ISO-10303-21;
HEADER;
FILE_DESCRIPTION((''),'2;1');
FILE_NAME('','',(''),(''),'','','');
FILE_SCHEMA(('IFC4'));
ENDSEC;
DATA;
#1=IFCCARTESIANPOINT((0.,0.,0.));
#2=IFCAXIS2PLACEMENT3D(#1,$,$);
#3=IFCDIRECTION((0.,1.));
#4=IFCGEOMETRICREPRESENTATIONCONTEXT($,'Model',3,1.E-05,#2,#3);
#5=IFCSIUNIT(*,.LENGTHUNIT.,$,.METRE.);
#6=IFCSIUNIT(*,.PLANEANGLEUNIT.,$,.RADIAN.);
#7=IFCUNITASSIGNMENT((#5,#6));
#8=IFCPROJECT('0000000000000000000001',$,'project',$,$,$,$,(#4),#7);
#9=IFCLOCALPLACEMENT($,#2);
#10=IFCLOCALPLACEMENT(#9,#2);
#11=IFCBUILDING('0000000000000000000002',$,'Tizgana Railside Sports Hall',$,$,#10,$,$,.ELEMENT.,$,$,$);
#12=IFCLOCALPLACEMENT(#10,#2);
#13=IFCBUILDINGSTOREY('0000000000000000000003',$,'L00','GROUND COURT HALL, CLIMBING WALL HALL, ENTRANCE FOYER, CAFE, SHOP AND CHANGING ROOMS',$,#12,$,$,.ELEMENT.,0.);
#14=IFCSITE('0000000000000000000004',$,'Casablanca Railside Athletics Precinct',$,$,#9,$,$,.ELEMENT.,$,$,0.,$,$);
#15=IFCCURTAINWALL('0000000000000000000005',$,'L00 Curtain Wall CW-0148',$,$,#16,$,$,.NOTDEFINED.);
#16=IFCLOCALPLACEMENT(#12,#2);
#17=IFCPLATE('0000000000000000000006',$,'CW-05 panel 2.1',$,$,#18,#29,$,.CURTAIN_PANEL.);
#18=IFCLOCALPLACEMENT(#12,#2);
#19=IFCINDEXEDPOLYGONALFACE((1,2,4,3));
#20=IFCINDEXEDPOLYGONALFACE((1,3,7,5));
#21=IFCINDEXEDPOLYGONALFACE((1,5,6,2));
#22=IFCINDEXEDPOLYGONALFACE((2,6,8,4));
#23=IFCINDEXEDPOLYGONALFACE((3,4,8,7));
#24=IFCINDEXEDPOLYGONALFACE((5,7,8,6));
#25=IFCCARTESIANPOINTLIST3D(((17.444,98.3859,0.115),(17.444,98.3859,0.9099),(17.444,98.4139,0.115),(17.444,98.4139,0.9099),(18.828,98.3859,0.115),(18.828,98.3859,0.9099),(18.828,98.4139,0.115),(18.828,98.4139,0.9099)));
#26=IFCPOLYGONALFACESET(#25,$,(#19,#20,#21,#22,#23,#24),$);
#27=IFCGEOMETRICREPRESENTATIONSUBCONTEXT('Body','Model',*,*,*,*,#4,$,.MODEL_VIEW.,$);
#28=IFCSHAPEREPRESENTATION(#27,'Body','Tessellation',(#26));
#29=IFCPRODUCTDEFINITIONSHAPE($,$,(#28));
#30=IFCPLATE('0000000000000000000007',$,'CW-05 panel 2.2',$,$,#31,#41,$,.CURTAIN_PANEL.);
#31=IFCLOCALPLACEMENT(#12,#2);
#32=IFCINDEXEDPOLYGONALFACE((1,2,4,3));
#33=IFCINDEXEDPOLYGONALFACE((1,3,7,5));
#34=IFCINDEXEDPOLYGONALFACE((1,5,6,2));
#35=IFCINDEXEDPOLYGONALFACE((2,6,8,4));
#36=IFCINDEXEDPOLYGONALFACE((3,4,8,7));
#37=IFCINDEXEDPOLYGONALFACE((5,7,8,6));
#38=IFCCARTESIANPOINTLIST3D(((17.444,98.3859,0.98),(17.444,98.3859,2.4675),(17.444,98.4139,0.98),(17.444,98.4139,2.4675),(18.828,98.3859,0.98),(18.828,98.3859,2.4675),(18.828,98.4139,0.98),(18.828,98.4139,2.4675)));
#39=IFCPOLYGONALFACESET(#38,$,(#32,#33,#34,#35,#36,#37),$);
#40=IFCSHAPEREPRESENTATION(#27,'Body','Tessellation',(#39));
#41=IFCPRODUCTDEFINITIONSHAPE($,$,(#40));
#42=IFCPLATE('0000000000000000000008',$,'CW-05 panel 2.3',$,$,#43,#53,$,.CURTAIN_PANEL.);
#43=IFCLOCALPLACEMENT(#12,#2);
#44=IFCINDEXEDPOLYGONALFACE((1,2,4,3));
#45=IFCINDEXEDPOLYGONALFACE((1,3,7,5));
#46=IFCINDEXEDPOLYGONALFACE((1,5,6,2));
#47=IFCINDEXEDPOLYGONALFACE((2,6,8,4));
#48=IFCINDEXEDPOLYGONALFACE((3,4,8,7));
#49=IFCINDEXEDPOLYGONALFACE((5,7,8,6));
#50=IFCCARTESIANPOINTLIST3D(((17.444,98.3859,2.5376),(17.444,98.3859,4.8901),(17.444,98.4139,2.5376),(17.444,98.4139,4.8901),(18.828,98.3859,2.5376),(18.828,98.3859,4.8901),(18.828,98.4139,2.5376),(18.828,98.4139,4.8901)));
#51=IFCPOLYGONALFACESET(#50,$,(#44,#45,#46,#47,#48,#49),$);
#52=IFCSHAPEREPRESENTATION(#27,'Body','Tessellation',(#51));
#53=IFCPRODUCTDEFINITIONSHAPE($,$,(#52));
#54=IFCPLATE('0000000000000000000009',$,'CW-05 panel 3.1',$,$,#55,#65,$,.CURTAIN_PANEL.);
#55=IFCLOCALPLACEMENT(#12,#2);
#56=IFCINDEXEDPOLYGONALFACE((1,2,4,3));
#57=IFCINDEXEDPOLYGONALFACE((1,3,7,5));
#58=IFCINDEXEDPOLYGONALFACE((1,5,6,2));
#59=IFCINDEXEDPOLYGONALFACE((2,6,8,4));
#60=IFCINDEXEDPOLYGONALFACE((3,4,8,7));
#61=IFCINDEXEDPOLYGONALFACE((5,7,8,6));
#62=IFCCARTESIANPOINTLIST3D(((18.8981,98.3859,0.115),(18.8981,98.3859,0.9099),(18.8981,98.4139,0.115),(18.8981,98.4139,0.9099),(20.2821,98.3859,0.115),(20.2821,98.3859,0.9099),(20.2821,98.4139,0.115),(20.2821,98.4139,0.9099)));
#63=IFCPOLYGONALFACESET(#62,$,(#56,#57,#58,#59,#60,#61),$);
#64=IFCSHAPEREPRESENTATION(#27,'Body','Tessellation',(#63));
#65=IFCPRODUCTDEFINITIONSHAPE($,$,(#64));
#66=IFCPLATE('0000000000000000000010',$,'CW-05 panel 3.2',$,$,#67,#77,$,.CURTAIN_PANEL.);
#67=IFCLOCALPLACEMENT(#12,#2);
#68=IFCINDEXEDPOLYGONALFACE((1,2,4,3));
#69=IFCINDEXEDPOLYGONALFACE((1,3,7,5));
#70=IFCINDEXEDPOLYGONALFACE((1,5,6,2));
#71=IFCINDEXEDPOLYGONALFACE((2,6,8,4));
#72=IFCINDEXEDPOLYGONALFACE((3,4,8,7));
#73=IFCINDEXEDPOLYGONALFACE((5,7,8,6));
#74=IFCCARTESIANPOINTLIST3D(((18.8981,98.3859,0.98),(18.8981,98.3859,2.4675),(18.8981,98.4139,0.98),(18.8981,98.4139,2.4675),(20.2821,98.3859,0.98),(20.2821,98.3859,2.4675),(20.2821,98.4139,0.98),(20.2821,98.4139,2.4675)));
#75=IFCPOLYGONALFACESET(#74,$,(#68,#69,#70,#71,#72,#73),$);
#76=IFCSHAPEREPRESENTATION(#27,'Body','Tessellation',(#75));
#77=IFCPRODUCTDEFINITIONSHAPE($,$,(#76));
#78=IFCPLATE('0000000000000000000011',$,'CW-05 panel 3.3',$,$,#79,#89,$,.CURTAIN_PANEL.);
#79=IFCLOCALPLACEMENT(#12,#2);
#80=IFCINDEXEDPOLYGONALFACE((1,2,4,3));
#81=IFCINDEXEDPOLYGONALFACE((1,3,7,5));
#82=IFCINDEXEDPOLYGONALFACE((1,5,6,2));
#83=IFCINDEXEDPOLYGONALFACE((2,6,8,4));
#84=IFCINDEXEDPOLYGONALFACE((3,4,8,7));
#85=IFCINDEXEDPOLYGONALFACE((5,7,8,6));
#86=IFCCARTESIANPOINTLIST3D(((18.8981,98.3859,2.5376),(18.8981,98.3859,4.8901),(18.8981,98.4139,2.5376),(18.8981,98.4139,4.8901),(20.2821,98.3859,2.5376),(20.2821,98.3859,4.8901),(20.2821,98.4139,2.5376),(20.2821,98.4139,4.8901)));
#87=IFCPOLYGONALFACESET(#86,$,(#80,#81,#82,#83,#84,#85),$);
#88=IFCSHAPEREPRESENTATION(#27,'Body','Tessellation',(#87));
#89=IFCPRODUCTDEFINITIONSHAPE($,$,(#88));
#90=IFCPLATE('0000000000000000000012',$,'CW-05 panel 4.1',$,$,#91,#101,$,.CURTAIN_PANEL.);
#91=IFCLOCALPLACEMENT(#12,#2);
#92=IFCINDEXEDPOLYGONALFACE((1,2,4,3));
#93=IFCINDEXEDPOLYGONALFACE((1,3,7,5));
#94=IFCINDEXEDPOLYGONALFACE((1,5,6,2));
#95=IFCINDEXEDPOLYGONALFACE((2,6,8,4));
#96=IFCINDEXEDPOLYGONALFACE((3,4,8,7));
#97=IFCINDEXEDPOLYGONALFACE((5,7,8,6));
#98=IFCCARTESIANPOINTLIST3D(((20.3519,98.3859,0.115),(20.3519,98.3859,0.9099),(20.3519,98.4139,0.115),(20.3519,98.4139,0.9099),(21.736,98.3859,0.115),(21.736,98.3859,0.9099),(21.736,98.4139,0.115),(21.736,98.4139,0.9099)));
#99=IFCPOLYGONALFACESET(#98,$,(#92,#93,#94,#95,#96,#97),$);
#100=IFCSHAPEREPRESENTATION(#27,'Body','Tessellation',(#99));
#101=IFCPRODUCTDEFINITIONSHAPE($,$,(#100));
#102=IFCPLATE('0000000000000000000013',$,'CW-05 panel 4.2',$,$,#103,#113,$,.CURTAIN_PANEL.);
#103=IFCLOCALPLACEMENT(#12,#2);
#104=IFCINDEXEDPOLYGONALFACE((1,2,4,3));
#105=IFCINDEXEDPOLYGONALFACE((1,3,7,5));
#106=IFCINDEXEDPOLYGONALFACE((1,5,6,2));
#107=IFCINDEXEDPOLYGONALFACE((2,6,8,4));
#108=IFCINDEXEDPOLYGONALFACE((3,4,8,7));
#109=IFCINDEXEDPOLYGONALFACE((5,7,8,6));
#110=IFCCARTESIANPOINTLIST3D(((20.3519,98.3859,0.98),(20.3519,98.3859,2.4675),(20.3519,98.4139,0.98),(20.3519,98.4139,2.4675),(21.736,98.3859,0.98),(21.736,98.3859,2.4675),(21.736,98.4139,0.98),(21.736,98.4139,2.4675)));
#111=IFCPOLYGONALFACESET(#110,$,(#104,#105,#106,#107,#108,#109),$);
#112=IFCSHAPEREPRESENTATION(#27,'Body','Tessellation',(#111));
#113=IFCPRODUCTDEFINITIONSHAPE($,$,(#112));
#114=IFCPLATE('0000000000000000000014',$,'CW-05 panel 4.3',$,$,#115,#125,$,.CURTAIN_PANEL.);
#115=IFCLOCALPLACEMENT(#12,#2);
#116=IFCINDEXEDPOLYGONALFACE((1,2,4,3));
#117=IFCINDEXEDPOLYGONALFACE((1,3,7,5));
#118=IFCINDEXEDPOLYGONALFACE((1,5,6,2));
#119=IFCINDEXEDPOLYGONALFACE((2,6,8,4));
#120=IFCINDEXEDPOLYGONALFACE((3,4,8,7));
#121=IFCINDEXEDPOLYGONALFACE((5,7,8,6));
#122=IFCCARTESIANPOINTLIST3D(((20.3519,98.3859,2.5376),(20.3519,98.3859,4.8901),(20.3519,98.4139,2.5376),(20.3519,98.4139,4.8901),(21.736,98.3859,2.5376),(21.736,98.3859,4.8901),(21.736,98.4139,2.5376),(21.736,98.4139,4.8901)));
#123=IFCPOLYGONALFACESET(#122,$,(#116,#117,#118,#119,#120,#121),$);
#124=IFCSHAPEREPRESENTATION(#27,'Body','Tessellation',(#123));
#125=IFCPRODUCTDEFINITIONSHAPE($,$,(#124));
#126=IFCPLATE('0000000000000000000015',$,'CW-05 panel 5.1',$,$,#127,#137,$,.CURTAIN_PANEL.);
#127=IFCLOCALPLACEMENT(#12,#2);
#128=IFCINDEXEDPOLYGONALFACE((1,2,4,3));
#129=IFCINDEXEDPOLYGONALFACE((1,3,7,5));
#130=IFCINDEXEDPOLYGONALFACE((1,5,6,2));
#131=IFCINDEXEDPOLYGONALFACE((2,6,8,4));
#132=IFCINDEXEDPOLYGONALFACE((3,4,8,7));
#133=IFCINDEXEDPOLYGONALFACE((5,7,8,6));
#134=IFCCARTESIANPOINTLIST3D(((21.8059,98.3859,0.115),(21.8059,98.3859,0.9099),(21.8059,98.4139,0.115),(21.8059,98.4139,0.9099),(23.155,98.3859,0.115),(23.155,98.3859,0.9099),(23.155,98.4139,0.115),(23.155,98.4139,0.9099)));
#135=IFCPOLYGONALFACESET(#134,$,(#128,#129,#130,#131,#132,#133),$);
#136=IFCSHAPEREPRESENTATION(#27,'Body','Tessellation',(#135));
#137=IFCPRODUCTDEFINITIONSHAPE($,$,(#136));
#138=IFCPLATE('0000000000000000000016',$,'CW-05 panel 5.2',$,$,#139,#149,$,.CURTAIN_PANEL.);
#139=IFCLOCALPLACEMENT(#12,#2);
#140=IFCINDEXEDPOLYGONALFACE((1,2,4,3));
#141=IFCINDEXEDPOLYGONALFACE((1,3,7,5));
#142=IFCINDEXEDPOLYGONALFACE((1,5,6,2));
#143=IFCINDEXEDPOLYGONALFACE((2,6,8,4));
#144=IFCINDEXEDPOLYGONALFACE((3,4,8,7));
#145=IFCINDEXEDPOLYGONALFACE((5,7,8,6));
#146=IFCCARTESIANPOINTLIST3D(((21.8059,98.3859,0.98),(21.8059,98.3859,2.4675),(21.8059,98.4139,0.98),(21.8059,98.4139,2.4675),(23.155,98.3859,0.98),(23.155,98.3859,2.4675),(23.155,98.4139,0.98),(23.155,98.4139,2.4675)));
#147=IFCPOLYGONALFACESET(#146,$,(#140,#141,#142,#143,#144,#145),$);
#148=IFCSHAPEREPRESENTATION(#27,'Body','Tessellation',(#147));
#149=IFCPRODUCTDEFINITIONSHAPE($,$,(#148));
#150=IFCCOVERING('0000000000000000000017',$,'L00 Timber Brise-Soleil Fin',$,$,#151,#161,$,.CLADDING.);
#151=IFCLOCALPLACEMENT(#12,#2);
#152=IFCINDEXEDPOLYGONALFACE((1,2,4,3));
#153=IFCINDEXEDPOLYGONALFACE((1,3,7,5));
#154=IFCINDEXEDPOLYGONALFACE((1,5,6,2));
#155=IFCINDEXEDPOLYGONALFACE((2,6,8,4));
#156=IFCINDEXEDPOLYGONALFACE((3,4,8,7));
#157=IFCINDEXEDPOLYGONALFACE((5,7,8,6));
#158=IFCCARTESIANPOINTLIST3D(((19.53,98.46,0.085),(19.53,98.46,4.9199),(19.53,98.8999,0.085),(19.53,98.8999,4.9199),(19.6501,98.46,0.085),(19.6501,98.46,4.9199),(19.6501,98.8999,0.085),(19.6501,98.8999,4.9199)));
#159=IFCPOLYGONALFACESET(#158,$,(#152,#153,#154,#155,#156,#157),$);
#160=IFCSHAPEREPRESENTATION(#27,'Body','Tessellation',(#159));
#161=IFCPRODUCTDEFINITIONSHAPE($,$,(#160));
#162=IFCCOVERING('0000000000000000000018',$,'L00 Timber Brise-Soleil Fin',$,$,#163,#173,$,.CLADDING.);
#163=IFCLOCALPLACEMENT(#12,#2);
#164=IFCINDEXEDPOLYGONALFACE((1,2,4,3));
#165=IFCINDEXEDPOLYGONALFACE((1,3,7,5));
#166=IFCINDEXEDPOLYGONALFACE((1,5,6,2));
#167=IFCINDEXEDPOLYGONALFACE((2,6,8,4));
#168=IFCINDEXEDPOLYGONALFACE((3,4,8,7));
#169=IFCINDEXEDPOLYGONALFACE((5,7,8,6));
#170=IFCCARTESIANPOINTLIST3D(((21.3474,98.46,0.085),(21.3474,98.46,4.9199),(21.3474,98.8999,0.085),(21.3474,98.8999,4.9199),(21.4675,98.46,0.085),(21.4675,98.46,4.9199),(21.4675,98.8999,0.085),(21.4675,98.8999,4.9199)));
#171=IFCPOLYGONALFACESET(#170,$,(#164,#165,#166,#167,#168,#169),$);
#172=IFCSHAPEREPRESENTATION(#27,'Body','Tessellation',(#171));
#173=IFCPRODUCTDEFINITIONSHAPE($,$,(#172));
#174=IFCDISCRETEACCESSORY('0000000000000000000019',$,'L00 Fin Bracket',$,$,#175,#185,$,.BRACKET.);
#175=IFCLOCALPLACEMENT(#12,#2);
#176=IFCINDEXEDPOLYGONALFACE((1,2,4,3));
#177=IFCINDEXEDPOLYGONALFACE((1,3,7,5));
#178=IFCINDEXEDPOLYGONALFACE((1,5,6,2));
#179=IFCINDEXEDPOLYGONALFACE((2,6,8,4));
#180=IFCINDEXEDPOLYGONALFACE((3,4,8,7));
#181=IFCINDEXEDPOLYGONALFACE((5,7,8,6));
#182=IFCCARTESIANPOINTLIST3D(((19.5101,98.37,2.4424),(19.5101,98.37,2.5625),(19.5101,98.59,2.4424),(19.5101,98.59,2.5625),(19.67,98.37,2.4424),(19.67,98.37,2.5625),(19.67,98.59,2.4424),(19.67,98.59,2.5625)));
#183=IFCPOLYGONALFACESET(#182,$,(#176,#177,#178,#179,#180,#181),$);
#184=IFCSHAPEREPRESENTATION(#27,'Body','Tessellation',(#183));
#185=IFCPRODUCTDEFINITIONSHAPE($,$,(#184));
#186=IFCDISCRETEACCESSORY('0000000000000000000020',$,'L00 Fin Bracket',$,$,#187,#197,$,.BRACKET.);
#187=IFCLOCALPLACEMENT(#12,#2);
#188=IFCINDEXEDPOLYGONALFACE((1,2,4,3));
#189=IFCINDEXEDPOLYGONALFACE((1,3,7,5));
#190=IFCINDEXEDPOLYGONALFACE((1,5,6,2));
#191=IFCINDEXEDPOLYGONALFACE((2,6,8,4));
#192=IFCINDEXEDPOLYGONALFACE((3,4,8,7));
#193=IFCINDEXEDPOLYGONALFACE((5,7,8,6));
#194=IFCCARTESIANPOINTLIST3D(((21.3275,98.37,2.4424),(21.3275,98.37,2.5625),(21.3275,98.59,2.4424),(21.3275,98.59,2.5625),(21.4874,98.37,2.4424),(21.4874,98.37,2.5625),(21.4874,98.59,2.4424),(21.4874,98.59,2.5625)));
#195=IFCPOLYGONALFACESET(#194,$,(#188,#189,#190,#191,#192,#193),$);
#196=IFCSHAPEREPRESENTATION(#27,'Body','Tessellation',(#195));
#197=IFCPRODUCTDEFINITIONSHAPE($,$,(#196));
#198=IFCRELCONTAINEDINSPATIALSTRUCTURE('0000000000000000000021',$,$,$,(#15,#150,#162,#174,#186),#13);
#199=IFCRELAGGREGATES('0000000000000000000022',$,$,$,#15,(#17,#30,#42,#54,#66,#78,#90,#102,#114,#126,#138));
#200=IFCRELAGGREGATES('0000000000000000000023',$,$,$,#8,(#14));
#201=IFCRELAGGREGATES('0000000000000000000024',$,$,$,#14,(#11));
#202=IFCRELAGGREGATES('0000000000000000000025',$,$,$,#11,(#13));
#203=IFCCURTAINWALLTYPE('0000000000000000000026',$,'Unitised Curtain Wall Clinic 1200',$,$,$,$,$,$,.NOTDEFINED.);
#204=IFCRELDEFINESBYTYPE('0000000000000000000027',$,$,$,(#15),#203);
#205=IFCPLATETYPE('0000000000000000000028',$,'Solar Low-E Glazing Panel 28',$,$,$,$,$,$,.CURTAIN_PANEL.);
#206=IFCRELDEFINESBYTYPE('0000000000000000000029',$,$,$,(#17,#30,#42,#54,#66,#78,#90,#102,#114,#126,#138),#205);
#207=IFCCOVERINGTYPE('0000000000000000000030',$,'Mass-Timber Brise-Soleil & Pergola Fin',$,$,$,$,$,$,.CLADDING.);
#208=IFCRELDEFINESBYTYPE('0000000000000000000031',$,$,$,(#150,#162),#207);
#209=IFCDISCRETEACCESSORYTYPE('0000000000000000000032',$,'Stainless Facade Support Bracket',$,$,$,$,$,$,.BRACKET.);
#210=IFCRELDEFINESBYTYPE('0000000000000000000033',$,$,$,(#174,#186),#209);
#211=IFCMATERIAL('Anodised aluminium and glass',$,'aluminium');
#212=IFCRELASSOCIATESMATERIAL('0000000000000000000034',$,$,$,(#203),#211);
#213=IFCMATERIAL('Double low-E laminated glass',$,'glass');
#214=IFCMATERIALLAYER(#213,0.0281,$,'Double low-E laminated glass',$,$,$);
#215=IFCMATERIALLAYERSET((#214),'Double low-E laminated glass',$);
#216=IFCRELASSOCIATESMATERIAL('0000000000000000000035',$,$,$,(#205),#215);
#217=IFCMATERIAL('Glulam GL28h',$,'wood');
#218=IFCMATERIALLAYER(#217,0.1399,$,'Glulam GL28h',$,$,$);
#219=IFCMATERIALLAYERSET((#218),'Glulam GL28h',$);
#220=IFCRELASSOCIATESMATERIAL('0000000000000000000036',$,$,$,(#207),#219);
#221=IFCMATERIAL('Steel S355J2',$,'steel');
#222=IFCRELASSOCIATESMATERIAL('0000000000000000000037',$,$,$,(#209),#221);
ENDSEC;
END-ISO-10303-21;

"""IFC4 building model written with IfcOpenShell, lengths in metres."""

from ifc_helpers import new_model, si_unit, direction, frame, origin, origin_2d, place, context, subcontext, project, spatial, rectangle, extrude, material, layer, layer_set, type_object, element, aggregate, save


model = new_model("IFC4")

# Units and contexts
model_context = context("Model", 3, precision=1e-05, world=origin(), true_north=direction((0.0, 1.0)))
body_context = subcontext(model_context, "Body", "Model", "MODEL_VIEW")
ifc_project = project(units=[si_unit("LENGTHUNIT", "METRE"), si_unit("PLANEANGLEUNIT", "RADIAN")], contexts=[model_context])

# Site, building, storey
site_placement = place(None, origin())
site = spatial("IfcSite", under=ifc_project, at=site_placement, Name="Casablanca Railside Athletics Precinct", CompositionType="ELEMENT", RefElevation=0.0)
building_placement = place(site_placement, origin())
building = spatial("IfcBuilding", under=site, at=building_placement, Name="Tizgana Railside Sports Hall", CompositionType="ELEMENT")
storey_placement = place(building_placement, origin())
storey = spatial("IfcBuildingStorey", under=building, at=storey_placement, Name="L00", Description="GROUND COURT HALL, CLIMBING WALL HALL, ENTRANCE FOYER, CAFE, SHOP AND CHANGING ROOMS", CompositionType="ELEMENT", Elevation=0.0)

# Curtain wall, plates
ifc_material_1 = material(Name="Anodised aluminium and glass", Category="aluminium")
curtain_wall_type = type_object("IfcCurtainWallType", Name="Unitised Curtain Wall Clinic 1200", PredefinedType="NOTDEFINED", material=ifc_material_1)
curtain_wall_placement = place(storey_placement, origin())
curtain_wall = element("IfcCurtainWall", 1, at=curtain_wall_placement, inside=storey, type_object=curtain_wall_type, Name="L00 Curtain Wall CW-0148", PredefinedType="NOTDEFINED")
ifc_material_2 = material(Name="Double low-E laminated glass", Category="glass")
ifc_layer_1 = layer(ifc_material_2, 0.0281, Name="Double low-E laminated glass")
ifc_layer_set_1 = layer_set([ifc_layer_1], Name="Double low-E laminated glass")
plate_type = type_object("IfcPlateType", Name="Solar Low-E Glazing Panel 28", PredefinedType="CURTAIN_PANEL", material=ifc_layer_set_1)
plate_1_placement = place(storey_placement, frame((18.136, 98.3999, 0.115), z_axis=(0.0, 0.0, 1.0), x_axis=(1.0, 0.0, 0.0)))
plate_1 = element("IfcPlate", 2, at=plate_1_placement, type_object=plate_type, Name="CW-05 panel 2.1", PredefinedType="CURTAIN_PANEL", context=body_context, shape_type="SweptSolid", body=[
    extrude(rectangle(XDim=1.384, YDim=0.0281, at=origin_2d()), origin(), (0.0, 0.0, 1.0), 0.7949),
])
plate_2_placement = place(storey_placement, frame((18.136, 98.3999, 0.98), z_axis=(0.0, 0.0, 1.0), x_axis=(1.0, 0.0, 0.0)))
plate_2 = element("IfcPlate", 3, at=plate_2_placement, type_object=plate_type, Name="CW-05 panel 2.2", PredefinedType="CURTAIN_PANEL", context=body_context, shape_type="SweptSolid", body=[
    extrude(rectangle(XDim=1.384, YDim=0.0281, at=origin_2d()), origin(), (0.0, 0.0, 1.0), 1.4875),
])
plate_3_placement = place(storey_placement, frame((18.136, 98.3999, 2.5376), z_axis=(0.0, 0.0, 1.0), x_axis=(1.0, 0.0, 0.0)))
plate_3 = element("IfcPlate", 4, at=plate_3_placement, type_object=plate_type, Name="CW-05 panel 2.3", PredefinedType="CURTAIN_PANEL", context=body_context, shape_type="SweptSolid", body=[
    extrude(rectangle(XDim=1.384, YDim=0.0281, at=origin_2d()), origin(), (0.0, 0.0, 1.0), 2.3525),
])
plate_4_placement = place(storey_placement, frame((19.5901, 98.3999, 0.115), z_axis=(0.0, 0.0, 1.0), x_axis=(1.0, 0.0, 0.0)))
plate_4 = element("IfcPlate", 5, at=plate_4_placement, type_object=plate_type, Name="CW-05 panel 3.1", PredefinedType="CURTAIN_PANEL", context=body_context, shape_type="SweptSolid", body=[
    extrude(rectangle(XDim=1.384, YDim=0.0281, at=origin_2d()), origin(), (0.0, 0.0, 1.0), 0.7949),
])
plate_5_placement = place(storey_placement, frame((19.5901, 98.3999, 0.98), z_axis=(0.0, 0.0, 1.0), x_axis=(1.0, 0.0, 0.0)))
plate_5 = element("IfcPlate", 6, at=plate_5_placement, type_object=plate_type, Name="CW-05 panel 3.2", PredefinedType="CURTAIN_PANEL", context=body_context, shape_type="SweptSolid", body=[
    extrude(rectangle(XDim=1.384, YDim=0.0281, at=origin_2d()), origin(), (0.0, 0.0, 1.0), 1.4875),
])
plate_6_placement = place(storey_placement, frame((19.5901, 98.3999, 2.5376), z_axis=(0.0, 0.0, 1.0), x_axis=(1.0, 0.0, 0.0)))
plate_6 = element("IfcPlate", 7, at=plate_6_placement, type_object=plate_type, Name="CW-05 panel 3.3", PredefinedType="CURTAIN_PANEL", context=body_context, shape_type="SweptSolid", body=[
    extrude(rectangle(XDim=1.384, YDim=0.0281, at=origin_2d()), origin(), (0.0, 0.0, 1.0), 2.3525),
])
plate_7_placement = place(storey_placement, frame((21.0439, 98.3999, 0.115), z_axis=(0.0, 0.0, 1.0), x_axis=(1.0, 0.0, 0.0)))
plate_7 = element("IfcPlate", 8, at=plate_7_placement, type_object=plate_type, Name="CW-05 panel 4.1", PredefinedType="CURTAIN_PANEL", context=body_context, shape_type="SweptSolid", body=[
    extrude(rectangle(XDim=1.384, YDim=0.0281, at=origin_2d()), origin(), (0.0, 0.0, 1.0), 0.7949),
])
plate_8_placement = place(storey_placement, frame((21.0439, 98.3999, 0.98), z_axis=(0.0, 0.0, 1.0), x_axis=(1.0, 0.0, 0.0)))
plate_8 = element("IfcPlate", 9, at=plate_8_placement, type_object=plate_type, Name="CW-05 panel 4.2", PredefinedType="CURTAIN_PANEL", context=body_context, shape_type="SweptSolid", body=[
    extrude(rectangle(XDim=1.384, YDim=0.0281, at=origin_2d()), origin(), (0.0, 0.0, 1.0), 1.4875),
])
plate_9_placement = place(storey_placement, frame((21.0439, 98.3999, 2.5376), z_axis=(0.0, 0.0, 1.0), x_axis=(1.0, 0.0, 0.0)))
plate_9 = element("IfcPlate", 10, at=plate_9_placement, type_object=plate_type, Name="CW-05 panel 4.3", PredefinedType="CURTAIN_PANEL", context=body_context, shape_type="SweptSolid", body=[
    extrude(rectangle(XDim=1.384, YDim=0.0281, at=origin_2d()), origin(), (0.0, 0.0, 1.0), 2.3525),
])
plate_10_placement = place(storey_placement, frame((22.4805, 98.3999, 0.115), z_axis=(0.0, 0.0, 1.0), x_axis=(1.0, 0.0, 0.0)))
plate_10 = element("IfcPlate", 11, at=plate_10_placement, type_object=plate_type, Name="CW-05 panel 5.1", PredefinedType="CURTAIN_PANEL", context=body_context, shape_type="SweptSolid", body=[
    extrude(rectangle(XDim=1.3491, YDim=0.0281, at=origin_2d()), origin(), (0.0, 0.0, 1.0), 0.7949),
])
plate_11_placement = place(storey_placement, frame((22.4805, 98.3999, 0.98), z_axis=(0.0, 0.0, 1.0), x_axis=(1.0, 0.0, 0.0)))
plate_11 = element("IfcPlate", 12, at=plate_11_placement, type_object=plate_type, Name="CW-05 panel 5.2", PredefinedType="CURTAIN_PANEL", context=body_context, shape_type="SweptSolid", body=[
    extrude(rectangle(XDim=1.3491, YDim=0.0281, at=origin_2d()), origin(), (0.0, 0.0, 1.0), 1.4875),
])
aggregate(curtain_wall, [plate_1, plate_2, plate_3, plate_4, plate_5, plate_6, plate_7, plate_8, plate_9, plate_10, plate_11])

# Coverings
ifc_material_3 = material(Name="Glulam GL28h", Category="wood")
ifc_layer_2 = layer(ifc_material_3, 0.1399, Name="Glulam GL28h")
ifc_layer_set_2 = layer_set([ifc_layer_2], Name="Glulam GL28h")
covering_type = type_object("IfcCoveringType", Name="Mass-Timber Brise-Soleil & Pergola Fin", PredefinedType="CLADDING", material=ifc_layer_set_2)
for number, where, z_axis, x_axis, name in (
    (13, (19.5901, 98.6799, 0.085), (0.0, 0.0, 1.0), (1.0, 0.0, 0.0), "L00 Timber Brise-Soleil Fin"),
    (14, (21.4075, 98.6799, 0.085), (0.0, 0.0, 1.0), (1.0, 0.0, 0.0), "L00 Timber Brise-Soleil Fin"),
):
    element("IfcCovering", number, at=place(storey_placement, frame(where, z_axis=z_axis, x_axis=x_axis)), inside=storey, type_object=covering_type, Name=name, PredefinedType="CLADDING", context=body_context, shape_type="SweptSolid", body=[
        extrude(rectangle(XDim=0.1201, YDim=0.4399, at=origin_2d()), origin(), (0.0, 0.0, 1.0), 4.835),
    ])

# Discrete accessories
ifc_material_4 = material(Name="Steel S355J2", Category="steel")
discrete_accessory_type = type_object("IfcDiscreteAccessoryType", Name="Stainless Facade Support Bracket", PredefinedType="BRACKET", material=ifc_material_4)
for number, where, z_axis, x_axis, name in (
    (15, (19.5901, 98.48, 2.4424), (0.0, 0.0, 1.0), (1.0, 0.0, 0.0), "L00 Fin Bracket"),
    (16, (21.4075, 98.48, 2.4424), (0.0, 0.0, 1.0), (1.0, 0.0, 0.0), "L00 Fin Bracket"),
):
    element("IfcDiscreteAccessory", number, at=place(storey_placement, frame(where, z_axis=z_axis, x_axis=x_axis)), inside=storey, type_object=discrete_accessory_type, Name=name, PredefinedType="BRACKET", context=body_context, shape_type="SweptSolid", body=[
        extrude(rectangle(XDim=0.1599, YDim=0.22, at=origin_2d()), origin(), (0.0, 0.0, 1.0), 0.1201),
    ])

save(model, "model.ifc")
